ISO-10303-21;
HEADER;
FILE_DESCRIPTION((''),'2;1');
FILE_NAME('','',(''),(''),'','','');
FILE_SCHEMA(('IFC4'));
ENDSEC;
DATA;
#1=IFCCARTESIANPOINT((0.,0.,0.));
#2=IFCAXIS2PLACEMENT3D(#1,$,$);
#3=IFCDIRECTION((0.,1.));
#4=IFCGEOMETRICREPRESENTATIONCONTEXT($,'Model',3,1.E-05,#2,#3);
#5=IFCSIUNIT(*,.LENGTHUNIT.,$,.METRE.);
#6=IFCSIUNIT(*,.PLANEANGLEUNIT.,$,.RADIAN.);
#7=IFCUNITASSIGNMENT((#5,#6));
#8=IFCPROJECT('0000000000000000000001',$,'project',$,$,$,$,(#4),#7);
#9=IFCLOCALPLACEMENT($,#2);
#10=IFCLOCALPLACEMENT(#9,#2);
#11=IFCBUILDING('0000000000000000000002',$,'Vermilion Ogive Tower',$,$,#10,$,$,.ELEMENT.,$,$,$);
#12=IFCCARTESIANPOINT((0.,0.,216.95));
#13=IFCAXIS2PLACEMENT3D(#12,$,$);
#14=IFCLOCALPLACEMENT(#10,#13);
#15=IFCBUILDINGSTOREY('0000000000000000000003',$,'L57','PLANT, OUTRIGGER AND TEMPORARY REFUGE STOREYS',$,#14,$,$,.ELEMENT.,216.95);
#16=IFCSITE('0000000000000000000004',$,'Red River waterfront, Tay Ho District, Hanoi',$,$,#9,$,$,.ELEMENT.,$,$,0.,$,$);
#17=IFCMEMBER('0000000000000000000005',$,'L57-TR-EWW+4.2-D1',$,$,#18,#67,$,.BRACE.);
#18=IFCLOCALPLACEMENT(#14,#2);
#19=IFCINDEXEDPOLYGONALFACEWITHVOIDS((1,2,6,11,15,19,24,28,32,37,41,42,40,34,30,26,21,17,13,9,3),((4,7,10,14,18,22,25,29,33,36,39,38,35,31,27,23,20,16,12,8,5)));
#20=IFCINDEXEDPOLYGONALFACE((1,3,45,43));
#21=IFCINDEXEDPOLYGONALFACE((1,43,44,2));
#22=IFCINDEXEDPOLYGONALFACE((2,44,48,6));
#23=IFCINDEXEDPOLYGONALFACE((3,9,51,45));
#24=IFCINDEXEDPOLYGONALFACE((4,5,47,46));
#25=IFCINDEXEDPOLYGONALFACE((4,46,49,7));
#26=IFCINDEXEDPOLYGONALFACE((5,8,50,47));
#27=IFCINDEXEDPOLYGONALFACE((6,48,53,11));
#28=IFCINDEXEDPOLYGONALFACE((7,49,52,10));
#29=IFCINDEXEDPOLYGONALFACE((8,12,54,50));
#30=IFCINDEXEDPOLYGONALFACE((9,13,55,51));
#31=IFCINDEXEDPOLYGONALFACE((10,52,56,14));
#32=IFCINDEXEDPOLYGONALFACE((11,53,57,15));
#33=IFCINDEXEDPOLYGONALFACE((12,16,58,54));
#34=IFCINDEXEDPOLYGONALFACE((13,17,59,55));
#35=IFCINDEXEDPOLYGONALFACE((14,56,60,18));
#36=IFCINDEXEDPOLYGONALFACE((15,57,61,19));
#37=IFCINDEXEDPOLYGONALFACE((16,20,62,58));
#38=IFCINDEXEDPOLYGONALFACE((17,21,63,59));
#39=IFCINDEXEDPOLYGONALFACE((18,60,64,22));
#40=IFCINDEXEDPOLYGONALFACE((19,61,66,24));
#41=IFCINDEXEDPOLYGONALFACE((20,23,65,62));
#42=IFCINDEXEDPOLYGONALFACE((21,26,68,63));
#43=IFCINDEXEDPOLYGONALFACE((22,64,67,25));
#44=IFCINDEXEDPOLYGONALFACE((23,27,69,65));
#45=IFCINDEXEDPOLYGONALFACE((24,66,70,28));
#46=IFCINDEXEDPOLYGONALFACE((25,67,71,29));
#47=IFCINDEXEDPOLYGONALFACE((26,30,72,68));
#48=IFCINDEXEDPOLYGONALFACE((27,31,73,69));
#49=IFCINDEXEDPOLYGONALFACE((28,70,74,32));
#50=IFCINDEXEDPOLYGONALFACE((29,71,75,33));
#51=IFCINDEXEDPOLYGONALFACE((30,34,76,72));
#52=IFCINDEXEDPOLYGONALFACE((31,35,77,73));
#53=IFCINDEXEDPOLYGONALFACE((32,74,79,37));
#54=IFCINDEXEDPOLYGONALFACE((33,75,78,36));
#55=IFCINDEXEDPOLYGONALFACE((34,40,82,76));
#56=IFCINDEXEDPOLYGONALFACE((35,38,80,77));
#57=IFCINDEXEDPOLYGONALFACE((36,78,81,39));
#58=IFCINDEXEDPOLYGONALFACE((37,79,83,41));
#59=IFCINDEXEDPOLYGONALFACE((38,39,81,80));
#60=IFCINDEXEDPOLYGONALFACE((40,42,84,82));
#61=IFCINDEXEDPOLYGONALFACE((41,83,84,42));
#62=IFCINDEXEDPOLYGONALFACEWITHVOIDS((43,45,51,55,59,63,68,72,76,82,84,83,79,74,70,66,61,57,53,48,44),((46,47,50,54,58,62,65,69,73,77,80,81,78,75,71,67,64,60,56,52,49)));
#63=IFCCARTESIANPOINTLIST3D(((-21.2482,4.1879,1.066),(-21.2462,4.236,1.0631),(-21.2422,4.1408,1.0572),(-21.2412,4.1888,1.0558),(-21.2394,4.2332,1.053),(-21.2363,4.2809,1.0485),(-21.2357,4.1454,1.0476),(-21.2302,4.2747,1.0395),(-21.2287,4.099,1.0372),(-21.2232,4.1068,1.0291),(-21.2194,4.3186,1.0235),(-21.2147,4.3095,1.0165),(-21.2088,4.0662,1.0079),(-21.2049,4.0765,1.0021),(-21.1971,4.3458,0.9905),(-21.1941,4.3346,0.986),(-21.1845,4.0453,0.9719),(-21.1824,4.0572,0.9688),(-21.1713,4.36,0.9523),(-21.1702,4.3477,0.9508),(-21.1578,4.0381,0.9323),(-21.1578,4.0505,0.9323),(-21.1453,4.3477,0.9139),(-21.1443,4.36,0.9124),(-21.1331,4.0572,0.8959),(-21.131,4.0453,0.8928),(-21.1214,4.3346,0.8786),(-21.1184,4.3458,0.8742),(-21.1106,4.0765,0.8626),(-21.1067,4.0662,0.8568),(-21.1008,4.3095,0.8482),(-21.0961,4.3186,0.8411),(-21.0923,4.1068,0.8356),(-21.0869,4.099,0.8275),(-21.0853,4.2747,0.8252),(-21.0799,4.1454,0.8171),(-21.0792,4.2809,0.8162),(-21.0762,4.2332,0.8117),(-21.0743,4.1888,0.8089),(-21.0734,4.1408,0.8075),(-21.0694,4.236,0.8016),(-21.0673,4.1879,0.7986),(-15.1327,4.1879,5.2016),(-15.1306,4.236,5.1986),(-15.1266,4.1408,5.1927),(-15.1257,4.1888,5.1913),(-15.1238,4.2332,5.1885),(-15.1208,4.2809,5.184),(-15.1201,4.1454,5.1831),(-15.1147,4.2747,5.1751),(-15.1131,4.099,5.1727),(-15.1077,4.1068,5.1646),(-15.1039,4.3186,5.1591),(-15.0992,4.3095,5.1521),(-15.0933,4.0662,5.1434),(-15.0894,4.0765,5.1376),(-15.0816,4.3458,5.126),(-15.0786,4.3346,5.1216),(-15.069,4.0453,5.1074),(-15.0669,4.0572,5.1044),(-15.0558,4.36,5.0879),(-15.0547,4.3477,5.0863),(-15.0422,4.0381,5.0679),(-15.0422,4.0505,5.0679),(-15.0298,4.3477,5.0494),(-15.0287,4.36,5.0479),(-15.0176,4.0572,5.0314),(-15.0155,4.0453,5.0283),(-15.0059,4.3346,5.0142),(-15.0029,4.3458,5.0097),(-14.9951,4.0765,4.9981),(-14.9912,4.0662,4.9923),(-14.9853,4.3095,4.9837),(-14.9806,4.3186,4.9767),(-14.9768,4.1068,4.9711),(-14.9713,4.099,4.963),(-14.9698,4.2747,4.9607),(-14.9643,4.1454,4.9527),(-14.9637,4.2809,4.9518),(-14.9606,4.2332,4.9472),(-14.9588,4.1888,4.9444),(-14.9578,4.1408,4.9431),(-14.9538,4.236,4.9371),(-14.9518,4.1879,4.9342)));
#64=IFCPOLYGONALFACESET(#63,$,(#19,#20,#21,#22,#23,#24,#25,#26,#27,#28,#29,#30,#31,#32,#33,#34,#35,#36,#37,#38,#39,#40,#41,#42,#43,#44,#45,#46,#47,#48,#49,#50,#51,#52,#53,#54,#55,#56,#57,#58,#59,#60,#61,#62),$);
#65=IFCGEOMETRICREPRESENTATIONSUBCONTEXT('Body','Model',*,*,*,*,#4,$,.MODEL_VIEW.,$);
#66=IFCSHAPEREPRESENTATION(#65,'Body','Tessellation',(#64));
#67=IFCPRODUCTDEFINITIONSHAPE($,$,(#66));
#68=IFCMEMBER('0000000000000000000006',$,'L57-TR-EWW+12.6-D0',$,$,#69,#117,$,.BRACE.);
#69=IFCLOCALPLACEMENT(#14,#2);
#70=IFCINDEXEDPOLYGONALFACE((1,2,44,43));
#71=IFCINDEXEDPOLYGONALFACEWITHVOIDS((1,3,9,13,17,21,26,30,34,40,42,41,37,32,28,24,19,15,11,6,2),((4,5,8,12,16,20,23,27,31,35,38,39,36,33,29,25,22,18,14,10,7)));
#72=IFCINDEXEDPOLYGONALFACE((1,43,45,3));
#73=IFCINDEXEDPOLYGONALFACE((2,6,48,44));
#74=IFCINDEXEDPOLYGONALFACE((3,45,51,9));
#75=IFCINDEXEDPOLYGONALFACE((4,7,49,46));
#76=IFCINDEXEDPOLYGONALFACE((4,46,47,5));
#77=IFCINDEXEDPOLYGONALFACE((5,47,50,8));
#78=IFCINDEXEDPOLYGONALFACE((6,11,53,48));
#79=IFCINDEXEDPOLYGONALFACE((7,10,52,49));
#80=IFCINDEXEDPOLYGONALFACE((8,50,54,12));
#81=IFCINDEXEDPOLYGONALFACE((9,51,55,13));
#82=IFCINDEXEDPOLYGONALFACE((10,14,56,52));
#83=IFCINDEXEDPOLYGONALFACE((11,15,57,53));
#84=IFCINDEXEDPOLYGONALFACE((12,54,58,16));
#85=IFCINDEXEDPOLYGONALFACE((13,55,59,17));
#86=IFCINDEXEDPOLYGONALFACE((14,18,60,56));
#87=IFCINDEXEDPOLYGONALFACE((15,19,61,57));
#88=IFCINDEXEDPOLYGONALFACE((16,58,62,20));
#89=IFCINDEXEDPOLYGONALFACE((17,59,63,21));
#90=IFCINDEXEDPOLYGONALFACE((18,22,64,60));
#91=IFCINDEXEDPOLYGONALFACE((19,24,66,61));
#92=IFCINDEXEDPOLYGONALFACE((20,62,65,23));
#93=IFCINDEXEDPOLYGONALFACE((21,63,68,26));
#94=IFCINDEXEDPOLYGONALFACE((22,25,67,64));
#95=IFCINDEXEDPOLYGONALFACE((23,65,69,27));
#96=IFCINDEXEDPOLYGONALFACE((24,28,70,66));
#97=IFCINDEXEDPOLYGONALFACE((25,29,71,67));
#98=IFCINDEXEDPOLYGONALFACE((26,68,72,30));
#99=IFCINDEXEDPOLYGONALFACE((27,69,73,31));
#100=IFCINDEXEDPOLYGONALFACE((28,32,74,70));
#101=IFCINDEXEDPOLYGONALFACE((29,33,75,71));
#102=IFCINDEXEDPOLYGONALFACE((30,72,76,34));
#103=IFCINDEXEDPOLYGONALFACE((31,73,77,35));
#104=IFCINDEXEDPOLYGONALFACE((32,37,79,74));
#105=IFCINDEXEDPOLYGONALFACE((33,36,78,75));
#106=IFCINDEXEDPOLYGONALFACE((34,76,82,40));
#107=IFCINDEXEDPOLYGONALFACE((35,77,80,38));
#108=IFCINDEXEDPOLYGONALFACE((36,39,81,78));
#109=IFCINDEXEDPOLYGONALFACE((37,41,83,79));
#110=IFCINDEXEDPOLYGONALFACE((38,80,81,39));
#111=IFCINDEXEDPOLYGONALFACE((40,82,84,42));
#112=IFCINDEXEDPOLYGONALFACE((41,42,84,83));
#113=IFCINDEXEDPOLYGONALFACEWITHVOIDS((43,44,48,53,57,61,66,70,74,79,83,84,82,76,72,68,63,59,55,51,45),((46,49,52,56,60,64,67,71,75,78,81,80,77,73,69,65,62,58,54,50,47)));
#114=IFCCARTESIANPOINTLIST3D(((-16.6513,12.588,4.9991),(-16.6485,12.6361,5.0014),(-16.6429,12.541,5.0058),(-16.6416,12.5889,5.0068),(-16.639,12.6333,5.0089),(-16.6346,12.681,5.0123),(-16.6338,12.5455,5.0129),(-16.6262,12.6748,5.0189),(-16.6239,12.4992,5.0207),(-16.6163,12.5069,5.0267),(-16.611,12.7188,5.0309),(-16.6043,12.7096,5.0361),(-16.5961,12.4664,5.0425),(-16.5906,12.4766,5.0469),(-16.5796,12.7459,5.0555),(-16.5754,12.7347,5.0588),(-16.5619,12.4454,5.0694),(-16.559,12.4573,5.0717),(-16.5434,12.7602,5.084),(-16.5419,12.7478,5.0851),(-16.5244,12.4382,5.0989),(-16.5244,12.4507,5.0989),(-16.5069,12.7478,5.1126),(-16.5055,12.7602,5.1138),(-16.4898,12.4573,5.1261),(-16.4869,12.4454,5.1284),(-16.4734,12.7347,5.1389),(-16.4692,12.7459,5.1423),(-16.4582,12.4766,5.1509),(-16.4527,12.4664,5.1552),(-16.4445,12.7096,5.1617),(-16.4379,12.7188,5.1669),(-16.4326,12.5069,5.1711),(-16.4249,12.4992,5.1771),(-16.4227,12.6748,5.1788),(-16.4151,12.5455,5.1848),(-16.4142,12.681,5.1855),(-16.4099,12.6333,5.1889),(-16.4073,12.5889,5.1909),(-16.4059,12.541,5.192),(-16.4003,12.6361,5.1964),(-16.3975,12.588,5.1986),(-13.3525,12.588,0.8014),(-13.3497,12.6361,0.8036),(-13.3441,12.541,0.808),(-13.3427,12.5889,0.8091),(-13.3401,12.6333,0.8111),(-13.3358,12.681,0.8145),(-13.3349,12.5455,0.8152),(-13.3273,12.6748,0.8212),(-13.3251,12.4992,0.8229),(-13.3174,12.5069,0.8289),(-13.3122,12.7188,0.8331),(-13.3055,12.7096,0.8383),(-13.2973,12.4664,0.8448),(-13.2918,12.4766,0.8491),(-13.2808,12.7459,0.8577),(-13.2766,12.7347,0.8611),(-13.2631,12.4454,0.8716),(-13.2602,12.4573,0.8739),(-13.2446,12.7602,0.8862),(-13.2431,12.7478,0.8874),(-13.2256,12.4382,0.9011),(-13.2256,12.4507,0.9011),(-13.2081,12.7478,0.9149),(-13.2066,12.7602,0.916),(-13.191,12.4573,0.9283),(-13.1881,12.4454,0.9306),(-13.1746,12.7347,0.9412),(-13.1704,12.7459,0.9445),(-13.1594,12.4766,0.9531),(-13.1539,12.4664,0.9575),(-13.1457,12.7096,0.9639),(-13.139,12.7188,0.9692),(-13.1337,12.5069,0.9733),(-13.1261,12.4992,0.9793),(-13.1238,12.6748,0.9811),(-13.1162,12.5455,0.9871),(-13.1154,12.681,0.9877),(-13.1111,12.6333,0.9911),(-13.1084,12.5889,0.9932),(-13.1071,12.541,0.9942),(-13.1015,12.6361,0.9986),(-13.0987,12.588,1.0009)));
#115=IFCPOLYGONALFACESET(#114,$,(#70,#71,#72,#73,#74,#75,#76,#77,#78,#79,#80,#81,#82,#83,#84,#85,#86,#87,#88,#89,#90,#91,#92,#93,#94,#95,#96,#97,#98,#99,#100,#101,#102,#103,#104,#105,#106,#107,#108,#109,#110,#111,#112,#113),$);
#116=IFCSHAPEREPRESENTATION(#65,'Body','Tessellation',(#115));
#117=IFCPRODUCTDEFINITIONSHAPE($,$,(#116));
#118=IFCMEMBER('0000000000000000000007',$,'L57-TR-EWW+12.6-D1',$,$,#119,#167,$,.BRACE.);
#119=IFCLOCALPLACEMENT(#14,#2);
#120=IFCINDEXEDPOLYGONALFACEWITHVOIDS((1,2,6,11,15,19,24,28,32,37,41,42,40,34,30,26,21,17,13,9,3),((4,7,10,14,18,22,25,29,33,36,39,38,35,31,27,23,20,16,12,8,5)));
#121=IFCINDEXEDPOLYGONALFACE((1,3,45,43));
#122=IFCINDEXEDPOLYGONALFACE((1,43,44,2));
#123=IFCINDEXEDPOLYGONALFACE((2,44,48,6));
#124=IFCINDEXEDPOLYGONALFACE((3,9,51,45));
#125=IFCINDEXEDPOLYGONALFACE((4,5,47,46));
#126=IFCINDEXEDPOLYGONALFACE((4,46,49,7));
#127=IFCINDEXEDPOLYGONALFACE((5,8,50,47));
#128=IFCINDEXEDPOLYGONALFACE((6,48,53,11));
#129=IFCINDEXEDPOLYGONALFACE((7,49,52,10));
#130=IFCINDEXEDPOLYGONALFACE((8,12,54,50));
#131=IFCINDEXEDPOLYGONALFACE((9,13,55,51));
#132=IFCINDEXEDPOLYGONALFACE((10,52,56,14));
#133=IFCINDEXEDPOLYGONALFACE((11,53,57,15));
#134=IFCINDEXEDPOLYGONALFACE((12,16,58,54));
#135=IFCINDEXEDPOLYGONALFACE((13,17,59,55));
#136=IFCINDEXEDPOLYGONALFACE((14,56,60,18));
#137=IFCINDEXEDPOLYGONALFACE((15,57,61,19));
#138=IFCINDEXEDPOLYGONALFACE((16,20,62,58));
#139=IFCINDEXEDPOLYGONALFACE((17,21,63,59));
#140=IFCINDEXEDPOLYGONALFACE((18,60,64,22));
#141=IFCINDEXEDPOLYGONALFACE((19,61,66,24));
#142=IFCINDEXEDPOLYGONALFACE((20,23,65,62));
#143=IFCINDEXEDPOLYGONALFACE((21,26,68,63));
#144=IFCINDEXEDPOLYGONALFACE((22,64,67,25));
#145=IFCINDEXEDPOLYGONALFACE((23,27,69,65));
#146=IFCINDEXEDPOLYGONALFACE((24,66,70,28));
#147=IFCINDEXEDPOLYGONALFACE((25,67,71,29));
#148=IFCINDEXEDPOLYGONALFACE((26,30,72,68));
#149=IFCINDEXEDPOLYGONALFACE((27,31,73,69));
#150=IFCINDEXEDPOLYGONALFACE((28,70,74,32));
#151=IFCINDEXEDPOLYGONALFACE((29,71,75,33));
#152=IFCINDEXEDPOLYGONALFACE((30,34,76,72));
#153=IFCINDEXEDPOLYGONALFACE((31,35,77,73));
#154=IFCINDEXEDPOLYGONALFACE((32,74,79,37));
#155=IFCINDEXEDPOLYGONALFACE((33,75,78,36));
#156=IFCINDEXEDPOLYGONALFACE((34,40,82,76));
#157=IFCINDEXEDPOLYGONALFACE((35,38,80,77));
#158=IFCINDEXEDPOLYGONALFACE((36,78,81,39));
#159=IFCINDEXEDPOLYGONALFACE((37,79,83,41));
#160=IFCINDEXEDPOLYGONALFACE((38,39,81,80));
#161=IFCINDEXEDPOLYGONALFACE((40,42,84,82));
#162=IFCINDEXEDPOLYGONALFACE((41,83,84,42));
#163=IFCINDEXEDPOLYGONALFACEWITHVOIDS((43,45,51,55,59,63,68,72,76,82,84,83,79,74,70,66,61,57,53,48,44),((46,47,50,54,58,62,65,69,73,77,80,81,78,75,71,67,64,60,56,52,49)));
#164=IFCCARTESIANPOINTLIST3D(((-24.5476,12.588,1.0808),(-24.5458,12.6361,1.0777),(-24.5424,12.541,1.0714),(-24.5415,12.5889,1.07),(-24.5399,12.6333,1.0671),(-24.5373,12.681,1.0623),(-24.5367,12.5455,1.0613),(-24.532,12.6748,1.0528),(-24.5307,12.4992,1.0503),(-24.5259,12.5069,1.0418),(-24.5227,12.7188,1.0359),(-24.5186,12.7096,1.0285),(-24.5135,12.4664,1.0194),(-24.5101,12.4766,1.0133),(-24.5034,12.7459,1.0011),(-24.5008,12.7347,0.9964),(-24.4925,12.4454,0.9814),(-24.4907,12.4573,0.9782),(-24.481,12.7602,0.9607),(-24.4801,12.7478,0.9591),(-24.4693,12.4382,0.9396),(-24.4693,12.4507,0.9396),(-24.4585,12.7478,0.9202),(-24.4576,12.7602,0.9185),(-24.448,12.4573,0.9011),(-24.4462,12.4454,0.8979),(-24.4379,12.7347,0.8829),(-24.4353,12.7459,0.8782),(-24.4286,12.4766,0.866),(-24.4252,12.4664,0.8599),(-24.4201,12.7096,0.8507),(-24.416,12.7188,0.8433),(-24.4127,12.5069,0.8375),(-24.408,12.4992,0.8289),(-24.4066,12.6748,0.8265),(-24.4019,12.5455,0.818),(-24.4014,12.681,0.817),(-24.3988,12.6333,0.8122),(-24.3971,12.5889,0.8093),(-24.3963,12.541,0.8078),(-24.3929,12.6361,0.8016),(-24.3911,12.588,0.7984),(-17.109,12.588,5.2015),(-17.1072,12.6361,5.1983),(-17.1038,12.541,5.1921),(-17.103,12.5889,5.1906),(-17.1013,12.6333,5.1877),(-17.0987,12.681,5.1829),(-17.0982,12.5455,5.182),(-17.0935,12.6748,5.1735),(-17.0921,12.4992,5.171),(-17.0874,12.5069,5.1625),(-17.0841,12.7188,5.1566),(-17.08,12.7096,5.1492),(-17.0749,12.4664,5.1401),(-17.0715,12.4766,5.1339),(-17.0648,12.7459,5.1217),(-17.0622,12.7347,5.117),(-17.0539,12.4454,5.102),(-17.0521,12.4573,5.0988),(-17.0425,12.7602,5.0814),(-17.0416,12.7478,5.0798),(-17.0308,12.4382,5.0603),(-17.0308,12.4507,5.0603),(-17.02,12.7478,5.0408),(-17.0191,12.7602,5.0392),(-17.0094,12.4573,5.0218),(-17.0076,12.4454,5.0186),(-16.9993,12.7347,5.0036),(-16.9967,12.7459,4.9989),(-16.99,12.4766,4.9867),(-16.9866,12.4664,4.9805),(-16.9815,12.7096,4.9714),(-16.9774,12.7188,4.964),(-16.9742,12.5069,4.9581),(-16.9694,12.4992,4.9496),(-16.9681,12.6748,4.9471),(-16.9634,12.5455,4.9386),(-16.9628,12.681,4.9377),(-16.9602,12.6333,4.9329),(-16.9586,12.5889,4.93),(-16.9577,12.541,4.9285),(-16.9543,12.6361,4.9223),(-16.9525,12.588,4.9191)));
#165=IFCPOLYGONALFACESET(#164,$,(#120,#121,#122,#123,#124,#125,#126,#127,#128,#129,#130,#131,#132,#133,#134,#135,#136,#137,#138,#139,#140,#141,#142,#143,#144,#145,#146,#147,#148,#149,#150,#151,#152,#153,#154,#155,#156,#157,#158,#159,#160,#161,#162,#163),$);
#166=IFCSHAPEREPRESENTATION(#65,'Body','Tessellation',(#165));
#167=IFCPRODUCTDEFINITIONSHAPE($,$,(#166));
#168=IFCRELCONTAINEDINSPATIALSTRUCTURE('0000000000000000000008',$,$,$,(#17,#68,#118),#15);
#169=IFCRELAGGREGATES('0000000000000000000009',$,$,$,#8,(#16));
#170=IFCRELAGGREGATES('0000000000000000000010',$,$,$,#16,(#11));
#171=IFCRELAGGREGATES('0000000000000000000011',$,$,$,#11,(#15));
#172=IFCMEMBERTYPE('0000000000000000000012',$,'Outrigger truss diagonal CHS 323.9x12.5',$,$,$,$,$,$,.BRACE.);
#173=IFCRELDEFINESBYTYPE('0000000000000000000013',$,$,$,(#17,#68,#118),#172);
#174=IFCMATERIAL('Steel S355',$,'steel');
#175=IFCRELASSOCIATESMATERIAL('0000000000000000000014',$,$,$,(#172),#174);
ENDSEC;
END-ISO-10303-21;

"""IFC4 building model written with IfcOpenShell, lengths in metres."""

from ifc_helpers import new_model, si_unit, direction, frame, origin, origin_2d, place, context, subcontext, project, spatial, hollow_circle, extrude, material, material_profile, profile_set, type_object, element, save


model = new_model("IFC4")

# Units and contexts
model_context = context("Model", 3, precision=1e-05, world=origin(), true_north=direction((0.0, 1.0)))
body_context = subcontext(model_context, "Body", "Model", "MODEL_VIEW")
ifc_project = project(units=[si_unit("LENGTHUNIT", "METRE"), si_unit("PLANEANGLEUNIT", "RADIAN")], contexts=[model_context])

# Site, building, storey
site_placement = place(None, origin())
site = spatial("IfcSite", under=ifc_project, at=site_placement, Name="Red River waterfront, Tay Ho District, Hanoi", CompositionType="ELEMENT", RefElevation=0.0)
building_placement = place(site_placement, origin())
building = spatial("IfcBuilding", under=site, at=building_placement, Name="Vermilion Ogive Tower", CompositionType="ELEMENT")
storey_placement = place(building_placement, frame((0.0, 0.0, 216.95)))
storey = spatial("IfcBuildingStorey", under=building, at=storey_placement, Name="L57", Description="PLANT, OUTRIGGER AND TEMPORARY REFUGE STOREYS", CompositionType="ELEMENT", Elevation=216.95)

# Members
ifc_material_1 = material(Name="Steel S355", Category="steel")
ifc_material_profile_1 = material_profile(ifc_material_1, hollow_circle(Radius=0.1619, WallThickness=0.0125, at=origin_2d()), Name="CHS 323.9x12.5")
ifc_profile_set_1 = profile_set([ifc_material_profile_1], Name="Steel S355")
member_type_1 = type_object("IfcMemberType", Name="Outrigger truss diagonal CHS 323.9x12.5", PredefinedType="BRACE", material=ifc_profile_set_1)
member_1_placement = place(storey_placement, frame((-15.0422, 4.2, 5.0679), z_axis=(-0.828374, 0.0, -0.560175), x_axis=(0.0, -1.0, 0.0)))
element("IfcMember", 1, at=member_1_placement, inside=storey, type_object=member_type_1, Name="L57-TR-EWW+4.2-D1", PredefinedType="BRACE", context=body_context, shape_type="SweptSolid", body=[
    extrude(hollow_circle(Radius=0.1619, WallThickness=0.0125, at=origin_2d()), origin(), (0.0, 0.0, 1.0), 7.3826),
])
member_2_placement = place(storey_placement, frame((-13.2256, 12.6001, 0.9011), z_axis=(-0.61789, 0.0, 0.786264), x_axis=(0.0, -1.0, 0.0)))
element("IfcMember", 2, at=member_2_placement, inside=storey, type_object=member_type_1, Name="L57-TR-EWW+12.6-D0", PredefinedType="BRACE", context=body_context, shape_type="SweptSolid", body=[
    extrude(hollow_circle(Radius=0.1619, WallThickness=0.0125, at=origin_2d()), origin(), (0.0, 0.0, 1.0), 5.3389),
])
member_3_placement = place(storey_placement, frame((-17.0308, 12.6001, 5.0603), z_axis=(-0.87475, 0.0, -0.484575), x_axis=(0.0, -1.0, 0.0)))
element("IfcMember", 3, at=member_3_placement, inside=storey, type_object=member_type_1, Name="L57-TR-EWW+12.6-D1", PredefinedType="BRACE", context=body_context, shape_type="SweptSolid", body=[
    extrude(hollow_circle(Radius=0.1619, WallThickness=0.0125, at=origin_2d()), origin(), (0.0, 0.0, 1.0), 8.5037),
])

save(model, "model.ifc")
